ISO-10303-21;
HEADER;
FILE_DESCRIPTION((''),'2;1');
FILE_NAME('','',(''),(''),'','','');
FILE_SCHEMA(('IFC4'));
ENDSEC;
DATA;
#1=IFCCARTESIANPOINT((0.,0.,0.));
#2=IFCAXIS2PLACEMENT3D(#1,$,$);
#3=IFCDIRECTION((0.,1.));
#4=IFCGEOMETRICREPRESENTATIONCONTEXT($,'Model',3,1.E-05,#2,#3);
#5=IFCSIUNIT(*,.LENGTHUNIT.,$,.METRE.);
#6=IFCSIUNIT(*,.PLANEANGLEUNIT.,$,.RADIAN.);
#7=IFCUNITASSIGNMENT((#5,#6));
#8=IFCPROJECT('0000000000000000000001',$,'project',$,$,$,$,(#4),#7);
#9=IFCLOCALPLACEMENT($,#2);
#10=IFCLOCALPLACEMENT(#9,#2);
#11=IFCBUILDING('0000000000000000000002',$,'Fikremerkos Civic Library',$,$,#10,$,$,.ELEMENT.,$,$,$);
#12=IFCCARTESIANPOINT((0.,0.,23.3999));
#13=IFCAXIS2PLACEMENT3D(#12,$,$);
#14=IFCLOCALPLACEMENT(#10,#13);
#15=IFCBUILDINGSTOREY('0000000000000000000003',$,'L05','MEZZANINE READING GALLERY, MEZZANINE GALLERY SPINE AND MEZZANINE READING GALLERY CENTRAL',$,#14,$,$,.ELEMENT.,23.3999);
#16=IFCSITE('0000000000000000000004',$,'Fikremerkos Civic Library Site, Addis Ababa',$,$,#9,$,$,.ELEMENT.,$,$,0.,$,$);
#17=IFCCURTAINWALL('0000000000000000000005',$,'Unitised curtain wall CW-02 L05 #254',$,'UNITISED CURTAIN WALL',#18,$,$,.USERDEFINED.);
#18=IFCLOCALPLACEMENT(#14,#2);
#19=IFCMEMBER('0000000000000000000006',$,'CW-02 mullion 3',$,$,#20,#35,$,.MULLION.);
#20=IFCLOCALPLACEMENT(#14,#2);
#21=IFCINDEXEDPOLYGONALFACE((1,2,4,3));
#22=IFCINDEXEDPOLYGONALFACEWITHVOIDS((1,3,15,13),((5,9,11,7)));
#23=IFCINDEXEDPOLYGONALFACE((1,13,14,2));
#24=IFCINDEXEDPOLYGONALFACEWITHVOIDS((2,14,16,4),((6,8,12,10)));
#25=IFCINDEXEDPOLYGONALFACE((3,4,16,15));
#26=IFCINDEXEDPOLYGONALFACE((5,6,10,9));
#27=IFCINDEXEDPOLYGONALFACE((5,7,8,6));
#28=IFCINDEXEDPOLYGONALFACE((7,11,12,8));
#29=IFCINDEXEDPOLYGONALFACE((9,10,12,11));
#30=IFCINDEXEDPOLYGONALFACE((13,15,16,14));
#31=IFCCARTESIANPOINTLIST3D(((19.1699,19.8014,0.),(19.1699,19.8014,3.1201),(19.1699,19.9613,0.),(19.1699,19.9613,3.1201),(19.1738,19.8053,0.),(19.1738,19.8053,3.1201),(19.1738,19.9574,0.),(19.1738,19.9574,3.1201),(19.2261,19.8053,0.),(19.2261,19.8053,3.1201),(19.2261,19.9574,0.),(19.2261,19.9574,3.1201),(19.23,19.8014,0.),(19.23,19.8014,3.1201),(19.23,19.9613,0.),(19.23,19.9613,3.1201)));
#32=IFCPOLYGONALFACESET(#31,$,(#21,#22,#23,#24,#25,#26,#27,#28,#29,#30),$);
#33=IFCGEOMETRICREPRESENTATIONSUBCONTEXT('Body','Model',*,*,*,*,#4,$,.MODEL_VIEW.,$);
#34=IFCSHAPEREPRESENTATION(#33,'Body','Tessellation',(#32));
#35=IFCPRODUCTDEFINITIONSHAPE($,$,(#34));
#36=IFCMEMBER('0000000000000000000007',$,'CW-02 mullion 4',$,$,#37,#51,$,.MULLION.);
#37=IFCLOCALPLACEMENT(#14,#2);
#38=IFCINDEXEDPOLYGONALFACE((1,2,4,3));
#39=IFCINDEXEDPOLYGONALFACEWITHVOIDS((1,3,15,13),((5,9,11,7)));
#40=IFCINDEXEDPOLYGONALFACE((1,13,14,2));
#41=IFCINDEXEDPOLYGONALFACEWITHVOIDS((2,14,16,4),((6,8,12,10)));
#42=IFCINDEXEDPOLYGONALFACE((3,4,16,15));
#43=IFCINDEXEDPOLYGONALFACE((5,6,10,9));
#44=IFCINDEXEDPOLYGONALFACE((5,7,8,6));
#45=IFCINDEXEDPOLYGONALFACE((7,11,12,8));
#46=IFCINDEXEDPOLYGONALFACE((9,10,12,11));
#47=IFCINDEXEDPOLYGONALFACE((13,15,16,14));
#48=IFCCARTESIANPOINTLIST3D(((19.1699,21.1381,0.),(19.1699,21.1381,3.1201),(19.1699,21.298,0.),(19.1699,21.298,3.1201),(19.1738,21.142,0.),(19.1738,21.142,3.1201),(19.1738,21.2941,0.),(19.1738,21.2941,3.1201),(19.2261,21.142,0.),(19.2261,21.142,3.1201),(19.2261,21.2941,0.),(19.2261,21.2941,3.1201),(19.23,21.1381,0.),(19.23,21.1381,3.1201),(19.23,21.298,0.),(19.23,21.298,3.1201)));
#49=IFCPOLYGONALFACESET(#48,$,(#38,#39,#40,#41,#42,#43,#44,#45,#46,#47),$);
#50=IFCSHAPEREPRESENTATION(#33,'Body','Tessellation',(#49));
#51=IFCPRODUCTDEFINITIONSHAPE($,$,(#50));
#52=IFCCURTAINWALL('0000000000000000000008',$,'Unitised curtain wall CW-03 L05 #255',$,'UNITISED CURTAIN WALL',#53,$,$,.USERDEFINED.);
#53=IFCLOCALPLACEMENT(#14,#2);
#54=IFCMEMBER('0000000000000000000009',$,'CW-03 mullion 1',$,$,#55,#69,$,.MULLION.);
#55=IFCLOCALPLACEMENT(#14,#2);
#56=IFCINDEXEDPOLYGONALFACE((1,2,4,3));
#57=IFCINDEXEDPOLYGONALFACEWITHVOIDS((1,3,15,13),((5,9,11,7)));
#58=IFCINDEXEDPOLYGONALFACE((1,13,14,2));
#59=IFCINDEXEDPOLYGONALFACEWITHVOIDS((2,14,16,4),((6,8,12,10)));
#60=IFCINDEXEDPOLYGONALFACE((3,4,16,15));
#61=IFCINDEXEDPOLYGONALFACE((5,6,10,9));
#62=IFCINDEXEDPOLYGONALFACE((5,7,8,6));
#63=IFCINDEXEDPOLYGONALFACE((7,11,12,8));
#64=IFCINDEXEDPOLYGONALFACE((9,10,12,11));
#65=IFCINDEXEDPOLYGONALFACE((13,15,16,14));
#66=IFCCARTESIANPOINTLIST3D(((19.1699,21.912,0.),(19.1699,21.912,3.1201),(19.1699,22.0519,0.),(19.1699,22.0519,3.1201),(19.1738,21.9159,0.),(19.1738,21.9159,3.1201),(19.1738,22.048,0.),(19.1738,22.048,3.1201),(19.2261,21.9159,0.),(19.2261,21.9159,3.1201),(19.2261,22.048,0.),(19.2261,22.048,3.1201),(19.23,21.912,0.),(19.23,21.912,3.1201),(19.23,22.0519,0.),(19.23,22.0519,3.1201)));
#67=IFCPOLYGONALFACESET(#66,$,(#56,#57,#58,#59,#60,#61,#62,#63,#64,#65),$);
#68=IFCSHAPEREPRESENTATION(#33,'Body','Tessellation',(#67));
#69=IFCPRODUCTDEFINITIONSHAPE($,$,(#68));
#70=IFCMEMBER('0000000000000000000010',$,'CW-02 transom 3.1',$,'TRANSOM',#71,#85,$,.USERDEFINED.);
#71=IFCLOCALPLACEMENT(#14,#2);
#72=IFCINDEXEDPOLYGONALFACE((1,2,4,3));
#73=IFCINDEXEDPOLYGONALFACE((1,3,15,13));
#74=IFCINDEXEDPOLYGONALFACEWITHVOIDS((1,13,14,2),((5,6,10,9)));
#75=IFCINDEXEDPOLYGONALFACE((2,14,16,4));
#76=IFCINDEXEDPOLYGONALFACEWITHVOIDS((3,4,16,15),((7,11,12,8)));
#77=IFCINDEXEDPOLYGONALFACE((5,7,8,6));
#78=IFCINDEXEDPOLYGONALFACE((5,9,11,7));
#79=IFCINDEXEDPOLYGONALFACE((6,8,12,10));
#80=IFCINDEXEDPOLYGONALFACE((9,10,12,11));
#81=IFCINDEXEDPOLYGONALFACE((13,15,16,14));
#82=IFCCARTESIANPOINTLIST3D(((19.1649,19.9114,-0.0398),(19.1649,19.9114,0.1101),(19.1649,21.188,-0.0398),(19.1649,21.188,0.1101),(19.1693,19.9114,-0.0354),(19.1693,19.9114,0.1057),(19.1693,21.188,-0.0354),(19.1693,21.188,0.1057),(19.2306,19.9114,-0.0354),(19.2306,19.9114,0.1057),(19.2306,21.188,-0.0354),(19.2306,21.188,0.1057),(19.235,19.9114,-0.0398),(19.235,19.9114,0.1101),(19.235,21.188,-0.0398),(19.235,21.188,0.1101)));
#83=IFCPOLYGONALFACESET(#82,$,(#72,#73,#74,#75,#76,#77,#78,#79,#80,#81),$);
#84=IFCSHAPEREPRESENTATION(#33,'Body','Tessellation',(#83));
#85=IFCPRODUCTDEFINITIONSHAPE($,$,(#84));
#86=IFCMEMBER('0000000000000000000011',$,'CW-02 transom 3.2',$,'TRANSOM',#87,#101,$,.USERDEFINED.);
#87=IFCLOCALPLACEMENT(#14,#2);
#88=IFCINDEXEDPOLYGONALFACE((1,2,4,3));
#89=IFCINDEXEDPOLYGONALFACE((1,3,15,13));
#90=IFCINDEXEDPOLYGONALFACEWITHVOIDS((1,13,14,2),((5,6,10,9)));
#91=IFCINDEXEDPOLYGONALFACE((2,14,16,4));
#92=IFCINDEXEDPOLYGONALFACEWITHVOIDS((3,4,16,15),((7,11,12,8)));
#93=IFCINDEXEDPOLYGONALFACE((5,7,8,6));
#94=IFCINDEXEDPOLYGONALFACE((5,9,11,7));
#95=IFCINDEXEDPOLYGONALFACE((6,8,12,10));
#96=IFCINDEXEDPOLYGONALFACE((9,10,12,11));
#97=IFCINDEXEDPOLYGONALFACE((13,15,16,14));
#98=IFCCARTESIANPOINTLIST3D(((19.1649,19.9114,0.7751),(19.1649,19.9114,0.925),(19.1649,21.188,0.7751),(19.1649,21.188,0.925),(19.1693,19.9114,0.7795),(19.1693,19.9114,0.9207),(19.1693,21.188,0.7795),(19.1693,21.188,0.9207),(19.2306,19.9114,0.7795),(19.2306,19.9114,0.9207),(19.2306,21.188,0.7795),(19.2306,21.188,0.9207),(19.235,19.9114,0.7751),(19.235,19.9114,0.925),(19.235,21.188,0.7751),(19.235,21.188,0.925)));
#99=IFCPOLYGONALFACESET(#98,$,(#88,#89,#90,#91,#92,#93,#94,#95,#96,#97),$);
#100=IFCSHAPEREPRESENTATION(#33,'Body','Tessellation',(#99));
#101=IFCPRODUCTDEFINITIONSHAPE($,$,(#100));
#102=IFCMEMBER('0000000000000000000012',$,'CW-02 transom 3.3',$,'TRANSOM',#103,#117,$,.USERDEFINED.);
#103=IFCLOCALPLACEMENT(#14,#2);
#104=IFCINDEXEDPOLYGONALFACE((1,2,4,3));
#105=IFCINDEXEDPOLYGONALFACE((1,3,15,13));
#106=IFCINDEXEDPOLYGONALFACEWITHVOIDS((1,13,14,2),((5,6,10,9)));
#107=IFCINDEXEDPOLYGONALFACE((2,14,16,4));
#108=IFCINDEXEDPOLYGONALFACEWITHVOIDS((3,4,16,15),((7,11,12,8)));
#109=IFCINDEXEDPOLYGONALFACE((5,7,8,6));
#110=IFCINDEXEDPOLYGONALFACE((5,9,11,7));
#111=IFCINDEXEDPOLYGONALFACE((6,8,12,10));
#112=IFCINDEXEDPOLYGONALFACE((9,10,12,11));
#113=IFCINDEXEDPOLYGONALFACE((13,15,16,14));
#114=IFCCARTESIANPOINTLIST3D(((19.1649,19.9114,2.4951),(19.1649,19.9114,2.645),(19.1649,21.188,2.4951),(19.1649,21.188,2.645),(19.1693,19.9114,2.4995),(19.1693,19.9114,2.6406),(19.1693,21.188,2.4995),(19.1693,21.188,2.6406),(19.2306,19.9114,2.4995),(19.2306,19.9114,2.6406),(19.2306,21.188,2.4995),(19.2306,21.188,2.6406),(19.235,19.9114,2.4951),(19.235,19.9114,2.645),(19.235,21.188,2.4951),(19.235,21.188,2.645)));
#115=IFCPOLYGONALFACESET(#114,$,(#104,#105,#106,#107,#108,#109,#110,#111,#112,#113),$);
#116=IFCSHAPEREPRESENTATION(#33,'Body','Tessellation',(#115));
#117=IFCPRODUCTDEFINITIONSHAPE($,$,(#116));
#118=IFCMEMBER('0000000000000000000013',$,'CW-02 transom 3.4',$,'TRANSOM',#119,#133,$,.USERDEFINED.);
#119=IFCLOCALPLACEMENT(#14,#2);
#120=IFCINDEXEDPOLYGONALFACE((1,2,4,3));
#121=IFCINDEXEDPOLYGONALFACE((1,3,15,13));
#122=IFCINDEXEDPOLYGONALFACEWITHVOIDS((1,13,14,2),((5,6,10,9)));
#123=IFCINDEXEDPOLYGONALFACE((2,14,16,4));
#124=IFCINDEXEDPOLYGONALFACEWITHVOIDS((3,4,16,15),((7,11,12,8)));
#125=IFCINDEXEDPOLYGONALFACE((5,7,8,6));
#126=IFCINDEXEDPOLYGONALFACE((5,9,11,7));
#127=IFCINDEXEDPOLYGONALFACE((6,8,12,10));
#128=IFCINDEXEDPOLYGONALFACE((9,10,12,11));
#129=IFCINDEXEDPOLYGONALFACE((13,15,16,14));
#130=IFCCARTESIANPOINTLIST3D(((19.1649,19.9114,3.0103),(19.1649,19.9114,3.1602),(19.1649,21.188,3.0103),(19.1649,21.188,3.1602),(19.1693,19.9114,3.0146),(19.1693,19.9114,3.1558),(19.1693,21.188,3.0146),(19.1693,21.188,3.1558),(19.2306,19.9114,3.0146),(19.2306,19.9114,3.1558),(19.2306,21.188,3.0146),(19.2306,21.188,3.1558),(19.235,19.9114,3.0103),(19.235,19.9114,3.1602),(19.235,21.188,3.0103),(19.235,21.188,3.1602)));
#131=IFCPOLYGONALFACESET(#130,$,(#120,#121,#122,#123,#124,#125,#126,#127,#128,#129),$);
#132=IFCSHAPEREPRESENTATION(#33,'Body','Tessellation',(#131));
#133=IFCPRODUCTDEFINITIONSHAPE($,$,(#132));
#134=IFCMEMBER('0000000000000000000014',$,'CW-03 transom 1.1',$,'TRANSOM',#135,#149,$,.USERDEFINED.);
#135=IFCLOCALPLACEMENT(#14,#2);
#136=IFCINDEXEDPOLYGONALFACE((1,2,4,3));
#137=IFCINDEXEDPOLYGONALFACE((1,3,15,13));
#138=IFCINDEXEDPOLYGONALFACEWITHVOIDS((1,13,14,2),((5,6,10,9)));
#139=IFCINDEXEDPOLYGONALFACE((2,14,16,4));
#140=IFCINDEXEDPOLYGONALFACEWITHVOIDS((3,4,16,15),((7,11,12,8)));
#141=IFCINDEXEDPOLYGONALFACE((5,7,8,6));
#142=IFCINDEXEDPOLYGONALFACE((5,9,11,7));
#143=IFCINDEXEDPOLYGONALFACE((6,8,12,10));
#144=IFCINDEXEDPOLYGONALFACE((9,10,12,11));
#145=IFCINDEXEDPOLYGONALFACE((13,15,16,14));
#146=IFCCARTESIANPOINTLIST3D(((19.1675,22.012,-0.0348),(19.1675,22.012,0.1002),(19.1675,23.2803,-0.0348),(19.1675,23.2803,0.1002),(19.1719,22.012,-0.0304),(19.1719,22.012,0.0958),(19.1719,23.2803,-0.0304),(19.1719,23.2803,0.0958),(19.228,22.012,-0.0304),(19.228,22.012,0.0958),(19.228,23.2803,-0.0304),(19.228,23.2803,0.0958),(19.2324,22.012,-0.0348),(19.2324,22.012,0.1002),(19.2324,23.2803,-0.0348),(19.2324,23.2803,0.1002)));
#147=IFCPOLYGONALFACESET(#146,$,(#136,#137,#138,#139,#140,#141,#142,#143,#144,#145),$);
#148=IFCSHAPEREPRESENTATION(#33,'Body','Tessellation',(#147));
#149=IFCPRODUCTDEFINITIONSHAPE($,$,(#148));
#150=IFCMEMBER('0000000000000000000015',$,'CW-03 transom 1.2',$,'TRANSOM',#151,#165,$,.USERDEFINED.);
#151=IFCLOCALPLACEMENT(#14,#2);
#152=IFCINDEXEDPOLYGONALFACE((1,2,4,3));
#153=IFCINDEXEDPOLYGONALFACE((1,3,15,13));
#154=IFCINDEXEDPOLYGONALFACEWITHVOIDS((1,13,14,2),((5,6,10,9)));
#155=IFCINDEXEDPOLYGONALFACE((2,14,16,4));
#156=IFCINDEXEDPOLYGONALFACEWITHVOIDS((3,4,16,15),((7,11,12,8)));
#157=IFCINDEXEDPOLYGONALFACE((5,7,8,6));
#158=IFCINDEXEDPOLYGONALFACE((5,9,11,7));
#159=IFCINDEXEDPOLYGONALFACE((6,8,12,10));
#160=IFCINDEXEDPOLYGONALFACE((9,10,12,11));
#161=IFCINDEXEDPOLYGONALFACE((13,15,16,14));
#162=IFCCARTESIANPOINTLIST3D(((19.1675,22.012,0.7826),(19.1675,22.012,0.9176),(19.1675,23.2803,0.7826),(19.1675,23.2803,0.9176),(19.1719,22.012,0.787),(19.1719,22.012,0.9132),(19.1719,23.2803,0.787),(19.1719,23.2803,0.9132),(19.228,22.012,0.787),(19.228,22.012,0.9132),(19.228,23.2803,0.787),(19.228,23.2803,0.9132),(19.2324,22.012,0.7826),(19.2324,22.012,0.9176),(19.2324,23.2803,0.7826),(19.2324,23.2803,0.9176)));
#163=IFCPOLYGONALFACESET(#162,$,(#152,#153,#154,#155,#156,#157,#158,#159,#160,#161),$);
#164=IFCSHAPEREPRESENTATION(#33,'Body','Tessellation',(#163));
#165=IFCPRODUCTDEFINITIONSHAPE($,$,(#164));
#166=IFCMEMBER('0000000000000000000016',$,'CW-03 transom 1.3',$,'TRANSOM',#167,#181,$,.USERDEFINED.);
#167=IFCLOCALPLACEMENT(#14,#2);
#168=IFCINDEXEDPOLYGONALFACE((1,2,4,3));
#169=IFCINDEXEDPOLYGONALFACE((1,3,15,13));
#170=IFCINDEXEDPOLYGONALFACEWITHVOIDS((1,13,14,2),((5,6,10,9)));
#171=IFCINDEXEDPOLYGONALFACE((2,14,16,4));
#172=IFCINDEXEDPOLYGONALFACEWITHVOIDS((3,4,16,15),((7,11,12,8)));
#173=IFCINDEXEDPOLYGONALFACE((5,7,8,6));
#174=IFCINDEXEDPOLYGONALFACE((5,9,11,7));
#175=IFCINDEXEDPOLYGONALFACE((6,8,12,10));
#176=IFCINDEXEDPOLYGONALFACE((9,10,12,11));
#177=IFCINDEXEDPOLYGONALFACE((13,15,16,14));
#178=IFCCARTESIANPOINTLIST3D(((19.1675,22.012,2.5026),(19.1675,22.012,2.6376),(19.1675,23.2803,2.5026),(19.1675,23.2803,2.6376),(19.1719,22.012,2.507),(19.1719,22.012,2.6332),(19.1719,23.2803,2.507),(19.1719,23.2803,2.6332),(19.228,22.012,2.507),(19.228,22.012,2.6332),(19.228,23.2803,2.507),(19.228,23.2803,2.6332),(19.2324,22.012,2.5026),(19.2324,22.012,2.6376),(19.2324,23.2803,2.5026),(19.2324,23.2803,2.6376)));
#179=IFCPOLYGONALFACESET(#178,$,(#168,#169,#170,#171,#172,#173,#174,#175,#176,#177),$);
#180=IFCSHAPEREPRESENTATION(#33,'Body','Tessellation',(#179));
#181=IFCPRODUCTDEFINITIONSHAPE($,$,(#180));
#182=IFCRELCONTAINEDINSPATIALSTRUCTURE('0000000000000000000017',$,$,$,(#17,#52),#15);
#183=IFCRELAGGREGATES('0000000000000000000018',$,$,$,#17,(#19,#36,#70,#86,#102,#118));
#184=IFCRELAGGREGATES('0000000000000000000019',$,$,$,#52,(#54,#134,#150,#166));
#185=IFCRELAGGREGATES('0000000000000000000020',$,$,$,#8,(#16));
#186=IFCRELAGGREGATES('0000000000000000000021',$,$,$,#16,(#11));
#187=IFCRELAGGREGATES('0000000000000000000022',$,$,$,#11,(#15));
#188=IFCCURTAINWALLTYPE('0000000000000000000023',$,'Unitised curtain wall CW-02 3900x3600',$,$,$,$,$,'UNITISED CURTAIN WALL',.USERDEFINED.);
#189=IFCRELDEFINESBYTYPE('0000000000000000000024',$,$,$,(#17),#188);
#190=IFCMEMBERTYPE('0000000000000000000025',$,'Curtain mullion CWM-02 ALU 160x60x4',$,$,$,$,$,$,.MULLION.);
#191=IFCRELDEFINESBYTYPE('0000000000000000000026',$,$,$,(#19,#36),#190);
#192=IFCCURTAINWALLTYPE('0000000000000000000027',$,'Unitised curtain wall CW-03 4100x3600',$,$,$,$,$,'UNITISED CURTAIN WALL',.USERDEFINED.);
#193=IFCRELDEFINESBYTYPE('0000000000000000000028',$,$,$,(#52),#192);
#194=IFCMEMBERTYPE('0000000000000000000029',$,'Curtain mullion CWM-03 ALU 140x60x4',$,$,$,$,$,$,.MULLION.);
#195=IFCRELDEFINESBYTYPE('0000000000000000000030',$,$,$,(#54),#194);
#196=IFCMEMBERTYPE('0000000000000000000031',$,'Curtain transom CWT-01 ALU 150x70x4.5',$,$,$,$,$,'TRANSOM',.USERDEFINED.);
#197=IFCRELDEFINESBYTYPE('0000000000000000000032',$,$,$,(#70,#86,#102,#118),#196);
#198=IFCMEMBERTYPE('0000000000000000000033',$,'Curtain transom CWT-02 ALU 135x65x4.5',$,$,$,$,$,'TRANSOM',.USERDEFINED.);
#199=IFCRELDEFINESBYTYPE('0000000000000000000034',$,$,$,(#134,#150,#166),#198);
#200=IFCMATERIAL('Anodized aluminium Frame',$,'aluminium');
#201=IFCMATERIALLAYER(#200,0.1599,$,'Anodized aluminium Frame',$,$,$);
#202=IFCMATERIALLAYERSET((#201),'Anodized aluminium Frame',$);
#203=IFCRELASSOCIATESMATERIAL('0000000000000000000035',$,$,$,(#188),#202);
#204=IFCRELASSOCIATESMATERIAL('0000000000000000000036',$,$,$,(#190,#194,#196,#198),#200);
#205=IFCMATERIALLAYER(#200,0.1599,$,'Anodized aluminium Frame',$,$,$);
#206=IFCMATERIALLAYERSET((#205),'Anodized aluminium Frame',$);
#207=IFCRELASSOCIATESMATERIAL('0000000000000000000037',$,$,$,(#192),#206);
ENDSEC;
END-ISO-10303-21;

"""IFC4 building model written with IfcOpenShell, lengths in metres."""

from ifc_helpers import new_model, si_unit, direction, frame, origin, origin_2d, place, context, subcontext, project, spatial, hollow_rectangle, extrude, material, layer, layer_set, material_profile, profile_set, type_object, element, aggregate, save


model = new_model("IFC4")

# Units and contexts
model_context = context("Model", 3, precision=1e-05, world=origin(), true_north=direction((0.0, 1.0)))
body_context = subcontext(model_context, "Body", "Model", "MODEL_VIEW")
ifc_project = project(units=[si_unit("LENGTHUNIT", "METRE"), si_unit("PLANEANGLEUNIT", "RADIAN")], contexts=[model_context])

# Site, building, storey
site_placement = place(None, origin())
site = spatial("IfcSite", under=ifc_project, at=site_placement, Name="Fikremerkos Civic Library Site, Addis Ababa", CompositionType="ELEMENT", RefElevation=0.0)
building_placement = place(site_placement, origin())
building = spatial("IfcBuilding", under=site, at=building_placement, Name="Fikremerkos Civic Library", CompositionType="ELEMENT")
storey_placement = place(building_placement, frame((0.0, 0.0, 23.3999)))
storey = spatial("IfcBuildingStorey", under=building, at=storey_placement, Name="L05", Description="MEZZANINE READING GALLERY, MEZZANINE GALLERY SPINE AND MEZZANINE READING GALLERY CENTRAL", CompositionType="ELEMENT", Elevation=23.3999)

# Curtain wall, members
ifc_material_1 = material(Name="Anodized aluminium Frame", Category="aluminium")
ifc_layer_1 = layer(ifc_material_1, 0.1599, Name="Anodized aluminium Frame")
ifc_layer_set_1 = layer_set([ifc_layer_1], Name="Anodized aluminium Frame")
curtain_wall_type_1 = type_object("IfcCurtainWallType", Name="Unitised curtain wall CW-02 3900x3600", ElementType="UNITISED CURTAIN WALL", PredefinedType="USERDEFINED", material=ifc_layer_set_1)
curtain_wall_1_placement = place(storey_placement, origin())
curtain_wall_1 = element("IfcCurtainWall", 1, at=curtain_wall_1_placement, inside=storey, type_object=curtain_wall_type_1, Name="Unitised curtain wall CW-02 L05 #254", ObjectType="UNITISED CURTAIN WALL", PredefinedType="USERDEFINED")
ifc_material_profile_1 = material_profile(ifc_material_1, hollow_rectangle(XDim=0.0601, YDim=0.1599, WallThickness=0.0039, at=origin_2d()), Name="ALU 160x60x4")
ifc_profile_set_1 = profile_set([ifc_material_profile_1], Name="Anodized aluminium Frame")
member_type_1 = type_object("IfcMemberType", Name="Curtain mullion CWM-02 ALU 160x60x4", PredefinedType="MULLION", material=ifc_profile_set_1)
member_1_placement = place(storey_placement, frame((19.2, 19.8813, 0.0), z_axis=(0.0, 0.0, 1.0), x_axis=(-1.0, 0.0, 0.0)))
member_1 = element("IfcMember", 2, at=member_1_placement, type_object=member_type_1, Name="CW-02 mullion 3", PredefinedType="MULLION", context=body_context, shape_type="SweptSolid", body=[
    extrude(hollow_rectangle(XDim=0.0601, YDim=0.1599, WallThickness=0.0039, at=origin_2d()), origin(), (0.0, 0.0, 1.0), 3.1201),
])
member_2_placement = place(storey_placement, frame((19.2, 21.218, 0.0), z_axis=(0.0, 0.0, 1.0), x_axis=(-1.0, 0.0, 0.0)))
member_2 = element("IfcMember", 3, at=member_2_placement, type_object=member_type_1, Name="CW-02 mullion 4", PredefinedType="MULLION", context=body_context, shape_type="SweptSolid", body=[
    extrude(hollow_rectangle(XDim=0.0601, YDim=0.1599, WallThickness=0.0039, at=origin_2d()), origin(), (0.0, 0.0, 1.0), 3.1201),
])

# Curtain wall, member
ifc_layer_2 = layer(ifc_material_1, 0.1599, Name="Anodized aluminium Frame")
ifc_layer_set_2 = layer_set([ifc_layer_2], Name="Anodized aluminium Frame")
curtain_wall_type_2 = type_object("IfcCurtainWallType", Name="Unitised curtain wall CW-03 4100x3600", ElementType="UNITISED CURTAIN WALL", PredefinedType="USERDEFINED", material=ifc_layer_set_2)
curtain_wall_2_placement = place(storey_placement, origin())
curtain_wall_2 = element("IfcCurtainWall", 4, at=curtain_wall_2_placement, inside=storey, type_object=curtain_wall_type_2, Name="Unitised curtain wall CW-03 L05 #255", ObjectType="UNITISED CURTAIN WALL", PredefinedType="USERDEFINED")
ifc_material_profile_2 = material_profile(ifc_material_1, hollow_rectangle(XDim=0.0601, YDim=0.1399, WallThickness=0.0039, at=origin_2d()), Name="ALU 140x60x4")
ifc_profile_set_2 = profile_set([ifc_material_profile_2], Name="Anodized aluminium Frame")
member_type_2 = type_object("IfcMemberType", Name="Curtain mullion CWM-03 ALU 140x60x4", PredefinedType="MULLION", material=ifc_profile_set_2)
member_3_placement = place(storey_placement, frame((19.2, 21.9819, 0.0), z_axis=(0.0, 0.0, 1.0), x_axis=(-1.0, 0.0, 0.0)))
member_3 = element("IfcMember", 5, at=member_3_placement, type_object=member_type_2, Name="CW-03 mullion 1", PredefinedType="MULLION", context=body_context, shape_type="SweptSolid", body=[
    extrude(hollow_rectangle(XDim=0.0601, YDim=0.1399, WallThickness=0.0039, at=origin_2d()), origin(), (0.0, 0.0, 1.0), 3.1201),
])

# Members
ifc_material_profile_3 = material_profile(ifc_material_1, hollow_rectangle(XDim=0.0701, YDim=0.1499, WallThickness=0.0044, at=origin_2d()), Name="ALU 150x70x4.5")
ifc_profile_set_3 = profile_set([ifc_material_profile_3], Name="Anodized aluminium Frame")
member_type_3 = type_object("IfcMemberType", Name="Curtain transom CWT-01 ALU 150x70x4.5", ElementType="TRANSOM", PredefinedType="USERDEFINED", material=ifc_profile_set_3)
member_4_placement = place(storey_placement, frame((19.2, 19.9114, 0.0352), z_axis=(0.0, 1.0, 0.0), x_axis=(-1.0, 0.0, 0.0)))
member_4 = element("IfcMember", 6, at=member_4_placement, type_object=member_type_3, Name="CW-02 transom 3.1", ObjectType="TRANSOM", PredefinedType="USERDEFINED", context=body_context, shape_type="SweptSolid", body=[
    extrude(hollow_rectangle(XDim=0.0701, YDim=0.1499, WallThickness=0.0044, at=origin_2d()), origin(), (0.0, 0.0, 1.0), 1.2766),
])
member_5_placement = place(storey_placement, frame((19.2, 19.9114, 0.8501), z_axis=(0.0, 1.0, 0.0), x_axis=(-1.0, 0.0, 0.0)))
member_5 = element("IfcMember", 7, at=member_5_placement, type_object=member_type_3, Name="CW-02 transom 3.2", ObjectType="TRANSOM", PredefinedType="USERDEFINED", context=body_context, shape_type="SweptSolid", body=[
    extrude(hollow_rectangle(XDim=0.0701, YDim=0.1499, WallThickness=0.0044, at=origin_2d()), origin(), (0.0, 0.0, 1.0), 1.2766),
])
member_6_placement = place(storey_placement, frame((19.2, 19.9114, 2.5701), z_axis=(0.0, 1.0, 0.0), x_axis=(-1.0, 0.0, 0.0)))
member_6 = element("IfcMember", 8, at=member_6_placement, type_object=member_type_3, Name="CW-02 transom 3.3", ObjectType="TRANSOM", PredefinedType="USERDEFINED", context=body_context, shape_type="SweptSolid", body=[
    extrude(hollow_rectangle(XDim=0.0701, YDim=0.1499, WallThickness=0.0044, at=origin_2d()), origin(), (0.0, 0.0, 1.0), 1.2766),
])
member_7_placement = place(storey_placement, frame((19.2, 19.9114, 3.0852), z_axis=(0.0, 1.0, 0.0), x_axis=(-1.0, 0.0, 0.0)))
member_7 = element("IfcMember", 9, at=member_7_placement, type_object=member_type_3, Name="CW-02 transom 3.4", ObjectType="TRANSOM", PredefinedType="USERDEFINED", context=body_context, shape_type="SweptSolid", body=[
    extrude(hollow_rectangle(XDim=0.0701, YDim=0.1499, WallThickness=0.0044, at=origin_2d()), origin(), (0.0, 0.0, 1.0), 1.2766),
])
ifc_material_profile_4 = material_profile(ifc_material_1, hollow_rectangle(XDim=0.0649, YDim=0.135, WallThickness=0.0044, at=origin_2d()), Name="ALU 135x65x4.5")
ifc_profile_set_4 = profile_set([ifc_material_profile_4], Name="Anodized aluminium Frame")
member_type_4 = type_object("IfcMemberType", Name="Curtain transom CWT-02 ALU 135x65x4.5", ElementType="TRANSOM", PredefinedType="USERDEFINED", material=ifc_profile_set_4)
member_8_placement = place(storey_placement, frame((19.2, 22.012, 0.0327), z_axis=(0.0, 1.0, 0.0), x_axis=(-1.0, 0.0, 0.0)))
member_8 = element("IfcMember", 10, at=member_8_placement, type_object=member_type_4, Name="CW-03 transom 1.1", ObjectType="TRANSOM", PredefinedType="USERDEFINED", context=body_context, shape_type="SweptSolid", body=[
    extrude(hollow_rectangle(XDim=0.0649, YDim=0.135, WallThickness=0.0044, at=origin_2d()), origin(), (0.0, 0.0, 1.0), 1.2683),
])
member_9_placement = place(storey_placement, frame((19.2, 22.012, 0.8501), z_axis=(0.0, 1.0, 0.0), x_axis=(-1.0, 0.0, 0.0)))
member_9 = element("IfcMember", 11, at=member_9_placement, type_object=member_type_4, Name="CW-03 transom 1.2", ObjectType="TRANSOM", PredefinedType="USERDEFINED", context=body_context, shape_type="SweptSolid", body=[
    extrude(hollow_rectangle(XDim=0.0649, YDim=0.135, WallThickness=0.0044, at=origin_2d()), origin(), (0.0, 0.0, 1.0), 1.2683),
])
member_10_placement = place(storey_placement, frame((19.2, 22.012, 2.5701), z_axis=(0.0, 1.0, 0.0), x_axis=(-1.0, 0.0, 0.0)))
member_10 = element("IfcMember", 12, at=member_10_placement, type_object=member_type_4, Name="CW-03 transom 1.3", ObjectType="TRANSOM", PredefinedType="USERDEFINED", context=body_context, shape_type="SweptSolid", body=[
    extrude(hollow_rectangle(XDim=0.0649, YDim=0.135, WallThickness=0.0044, at=origin_2d()), origin(), (0.0, 0.0, 1.0), 1.2683),
])

aggregate(curtain_wall_1, [member_1, member_2, member_4, member_5, member_6, member_7])
aggregate(curtain_wall_2, [member_3, member_8, member_9, member_10])

save(model, "model.ifc")
